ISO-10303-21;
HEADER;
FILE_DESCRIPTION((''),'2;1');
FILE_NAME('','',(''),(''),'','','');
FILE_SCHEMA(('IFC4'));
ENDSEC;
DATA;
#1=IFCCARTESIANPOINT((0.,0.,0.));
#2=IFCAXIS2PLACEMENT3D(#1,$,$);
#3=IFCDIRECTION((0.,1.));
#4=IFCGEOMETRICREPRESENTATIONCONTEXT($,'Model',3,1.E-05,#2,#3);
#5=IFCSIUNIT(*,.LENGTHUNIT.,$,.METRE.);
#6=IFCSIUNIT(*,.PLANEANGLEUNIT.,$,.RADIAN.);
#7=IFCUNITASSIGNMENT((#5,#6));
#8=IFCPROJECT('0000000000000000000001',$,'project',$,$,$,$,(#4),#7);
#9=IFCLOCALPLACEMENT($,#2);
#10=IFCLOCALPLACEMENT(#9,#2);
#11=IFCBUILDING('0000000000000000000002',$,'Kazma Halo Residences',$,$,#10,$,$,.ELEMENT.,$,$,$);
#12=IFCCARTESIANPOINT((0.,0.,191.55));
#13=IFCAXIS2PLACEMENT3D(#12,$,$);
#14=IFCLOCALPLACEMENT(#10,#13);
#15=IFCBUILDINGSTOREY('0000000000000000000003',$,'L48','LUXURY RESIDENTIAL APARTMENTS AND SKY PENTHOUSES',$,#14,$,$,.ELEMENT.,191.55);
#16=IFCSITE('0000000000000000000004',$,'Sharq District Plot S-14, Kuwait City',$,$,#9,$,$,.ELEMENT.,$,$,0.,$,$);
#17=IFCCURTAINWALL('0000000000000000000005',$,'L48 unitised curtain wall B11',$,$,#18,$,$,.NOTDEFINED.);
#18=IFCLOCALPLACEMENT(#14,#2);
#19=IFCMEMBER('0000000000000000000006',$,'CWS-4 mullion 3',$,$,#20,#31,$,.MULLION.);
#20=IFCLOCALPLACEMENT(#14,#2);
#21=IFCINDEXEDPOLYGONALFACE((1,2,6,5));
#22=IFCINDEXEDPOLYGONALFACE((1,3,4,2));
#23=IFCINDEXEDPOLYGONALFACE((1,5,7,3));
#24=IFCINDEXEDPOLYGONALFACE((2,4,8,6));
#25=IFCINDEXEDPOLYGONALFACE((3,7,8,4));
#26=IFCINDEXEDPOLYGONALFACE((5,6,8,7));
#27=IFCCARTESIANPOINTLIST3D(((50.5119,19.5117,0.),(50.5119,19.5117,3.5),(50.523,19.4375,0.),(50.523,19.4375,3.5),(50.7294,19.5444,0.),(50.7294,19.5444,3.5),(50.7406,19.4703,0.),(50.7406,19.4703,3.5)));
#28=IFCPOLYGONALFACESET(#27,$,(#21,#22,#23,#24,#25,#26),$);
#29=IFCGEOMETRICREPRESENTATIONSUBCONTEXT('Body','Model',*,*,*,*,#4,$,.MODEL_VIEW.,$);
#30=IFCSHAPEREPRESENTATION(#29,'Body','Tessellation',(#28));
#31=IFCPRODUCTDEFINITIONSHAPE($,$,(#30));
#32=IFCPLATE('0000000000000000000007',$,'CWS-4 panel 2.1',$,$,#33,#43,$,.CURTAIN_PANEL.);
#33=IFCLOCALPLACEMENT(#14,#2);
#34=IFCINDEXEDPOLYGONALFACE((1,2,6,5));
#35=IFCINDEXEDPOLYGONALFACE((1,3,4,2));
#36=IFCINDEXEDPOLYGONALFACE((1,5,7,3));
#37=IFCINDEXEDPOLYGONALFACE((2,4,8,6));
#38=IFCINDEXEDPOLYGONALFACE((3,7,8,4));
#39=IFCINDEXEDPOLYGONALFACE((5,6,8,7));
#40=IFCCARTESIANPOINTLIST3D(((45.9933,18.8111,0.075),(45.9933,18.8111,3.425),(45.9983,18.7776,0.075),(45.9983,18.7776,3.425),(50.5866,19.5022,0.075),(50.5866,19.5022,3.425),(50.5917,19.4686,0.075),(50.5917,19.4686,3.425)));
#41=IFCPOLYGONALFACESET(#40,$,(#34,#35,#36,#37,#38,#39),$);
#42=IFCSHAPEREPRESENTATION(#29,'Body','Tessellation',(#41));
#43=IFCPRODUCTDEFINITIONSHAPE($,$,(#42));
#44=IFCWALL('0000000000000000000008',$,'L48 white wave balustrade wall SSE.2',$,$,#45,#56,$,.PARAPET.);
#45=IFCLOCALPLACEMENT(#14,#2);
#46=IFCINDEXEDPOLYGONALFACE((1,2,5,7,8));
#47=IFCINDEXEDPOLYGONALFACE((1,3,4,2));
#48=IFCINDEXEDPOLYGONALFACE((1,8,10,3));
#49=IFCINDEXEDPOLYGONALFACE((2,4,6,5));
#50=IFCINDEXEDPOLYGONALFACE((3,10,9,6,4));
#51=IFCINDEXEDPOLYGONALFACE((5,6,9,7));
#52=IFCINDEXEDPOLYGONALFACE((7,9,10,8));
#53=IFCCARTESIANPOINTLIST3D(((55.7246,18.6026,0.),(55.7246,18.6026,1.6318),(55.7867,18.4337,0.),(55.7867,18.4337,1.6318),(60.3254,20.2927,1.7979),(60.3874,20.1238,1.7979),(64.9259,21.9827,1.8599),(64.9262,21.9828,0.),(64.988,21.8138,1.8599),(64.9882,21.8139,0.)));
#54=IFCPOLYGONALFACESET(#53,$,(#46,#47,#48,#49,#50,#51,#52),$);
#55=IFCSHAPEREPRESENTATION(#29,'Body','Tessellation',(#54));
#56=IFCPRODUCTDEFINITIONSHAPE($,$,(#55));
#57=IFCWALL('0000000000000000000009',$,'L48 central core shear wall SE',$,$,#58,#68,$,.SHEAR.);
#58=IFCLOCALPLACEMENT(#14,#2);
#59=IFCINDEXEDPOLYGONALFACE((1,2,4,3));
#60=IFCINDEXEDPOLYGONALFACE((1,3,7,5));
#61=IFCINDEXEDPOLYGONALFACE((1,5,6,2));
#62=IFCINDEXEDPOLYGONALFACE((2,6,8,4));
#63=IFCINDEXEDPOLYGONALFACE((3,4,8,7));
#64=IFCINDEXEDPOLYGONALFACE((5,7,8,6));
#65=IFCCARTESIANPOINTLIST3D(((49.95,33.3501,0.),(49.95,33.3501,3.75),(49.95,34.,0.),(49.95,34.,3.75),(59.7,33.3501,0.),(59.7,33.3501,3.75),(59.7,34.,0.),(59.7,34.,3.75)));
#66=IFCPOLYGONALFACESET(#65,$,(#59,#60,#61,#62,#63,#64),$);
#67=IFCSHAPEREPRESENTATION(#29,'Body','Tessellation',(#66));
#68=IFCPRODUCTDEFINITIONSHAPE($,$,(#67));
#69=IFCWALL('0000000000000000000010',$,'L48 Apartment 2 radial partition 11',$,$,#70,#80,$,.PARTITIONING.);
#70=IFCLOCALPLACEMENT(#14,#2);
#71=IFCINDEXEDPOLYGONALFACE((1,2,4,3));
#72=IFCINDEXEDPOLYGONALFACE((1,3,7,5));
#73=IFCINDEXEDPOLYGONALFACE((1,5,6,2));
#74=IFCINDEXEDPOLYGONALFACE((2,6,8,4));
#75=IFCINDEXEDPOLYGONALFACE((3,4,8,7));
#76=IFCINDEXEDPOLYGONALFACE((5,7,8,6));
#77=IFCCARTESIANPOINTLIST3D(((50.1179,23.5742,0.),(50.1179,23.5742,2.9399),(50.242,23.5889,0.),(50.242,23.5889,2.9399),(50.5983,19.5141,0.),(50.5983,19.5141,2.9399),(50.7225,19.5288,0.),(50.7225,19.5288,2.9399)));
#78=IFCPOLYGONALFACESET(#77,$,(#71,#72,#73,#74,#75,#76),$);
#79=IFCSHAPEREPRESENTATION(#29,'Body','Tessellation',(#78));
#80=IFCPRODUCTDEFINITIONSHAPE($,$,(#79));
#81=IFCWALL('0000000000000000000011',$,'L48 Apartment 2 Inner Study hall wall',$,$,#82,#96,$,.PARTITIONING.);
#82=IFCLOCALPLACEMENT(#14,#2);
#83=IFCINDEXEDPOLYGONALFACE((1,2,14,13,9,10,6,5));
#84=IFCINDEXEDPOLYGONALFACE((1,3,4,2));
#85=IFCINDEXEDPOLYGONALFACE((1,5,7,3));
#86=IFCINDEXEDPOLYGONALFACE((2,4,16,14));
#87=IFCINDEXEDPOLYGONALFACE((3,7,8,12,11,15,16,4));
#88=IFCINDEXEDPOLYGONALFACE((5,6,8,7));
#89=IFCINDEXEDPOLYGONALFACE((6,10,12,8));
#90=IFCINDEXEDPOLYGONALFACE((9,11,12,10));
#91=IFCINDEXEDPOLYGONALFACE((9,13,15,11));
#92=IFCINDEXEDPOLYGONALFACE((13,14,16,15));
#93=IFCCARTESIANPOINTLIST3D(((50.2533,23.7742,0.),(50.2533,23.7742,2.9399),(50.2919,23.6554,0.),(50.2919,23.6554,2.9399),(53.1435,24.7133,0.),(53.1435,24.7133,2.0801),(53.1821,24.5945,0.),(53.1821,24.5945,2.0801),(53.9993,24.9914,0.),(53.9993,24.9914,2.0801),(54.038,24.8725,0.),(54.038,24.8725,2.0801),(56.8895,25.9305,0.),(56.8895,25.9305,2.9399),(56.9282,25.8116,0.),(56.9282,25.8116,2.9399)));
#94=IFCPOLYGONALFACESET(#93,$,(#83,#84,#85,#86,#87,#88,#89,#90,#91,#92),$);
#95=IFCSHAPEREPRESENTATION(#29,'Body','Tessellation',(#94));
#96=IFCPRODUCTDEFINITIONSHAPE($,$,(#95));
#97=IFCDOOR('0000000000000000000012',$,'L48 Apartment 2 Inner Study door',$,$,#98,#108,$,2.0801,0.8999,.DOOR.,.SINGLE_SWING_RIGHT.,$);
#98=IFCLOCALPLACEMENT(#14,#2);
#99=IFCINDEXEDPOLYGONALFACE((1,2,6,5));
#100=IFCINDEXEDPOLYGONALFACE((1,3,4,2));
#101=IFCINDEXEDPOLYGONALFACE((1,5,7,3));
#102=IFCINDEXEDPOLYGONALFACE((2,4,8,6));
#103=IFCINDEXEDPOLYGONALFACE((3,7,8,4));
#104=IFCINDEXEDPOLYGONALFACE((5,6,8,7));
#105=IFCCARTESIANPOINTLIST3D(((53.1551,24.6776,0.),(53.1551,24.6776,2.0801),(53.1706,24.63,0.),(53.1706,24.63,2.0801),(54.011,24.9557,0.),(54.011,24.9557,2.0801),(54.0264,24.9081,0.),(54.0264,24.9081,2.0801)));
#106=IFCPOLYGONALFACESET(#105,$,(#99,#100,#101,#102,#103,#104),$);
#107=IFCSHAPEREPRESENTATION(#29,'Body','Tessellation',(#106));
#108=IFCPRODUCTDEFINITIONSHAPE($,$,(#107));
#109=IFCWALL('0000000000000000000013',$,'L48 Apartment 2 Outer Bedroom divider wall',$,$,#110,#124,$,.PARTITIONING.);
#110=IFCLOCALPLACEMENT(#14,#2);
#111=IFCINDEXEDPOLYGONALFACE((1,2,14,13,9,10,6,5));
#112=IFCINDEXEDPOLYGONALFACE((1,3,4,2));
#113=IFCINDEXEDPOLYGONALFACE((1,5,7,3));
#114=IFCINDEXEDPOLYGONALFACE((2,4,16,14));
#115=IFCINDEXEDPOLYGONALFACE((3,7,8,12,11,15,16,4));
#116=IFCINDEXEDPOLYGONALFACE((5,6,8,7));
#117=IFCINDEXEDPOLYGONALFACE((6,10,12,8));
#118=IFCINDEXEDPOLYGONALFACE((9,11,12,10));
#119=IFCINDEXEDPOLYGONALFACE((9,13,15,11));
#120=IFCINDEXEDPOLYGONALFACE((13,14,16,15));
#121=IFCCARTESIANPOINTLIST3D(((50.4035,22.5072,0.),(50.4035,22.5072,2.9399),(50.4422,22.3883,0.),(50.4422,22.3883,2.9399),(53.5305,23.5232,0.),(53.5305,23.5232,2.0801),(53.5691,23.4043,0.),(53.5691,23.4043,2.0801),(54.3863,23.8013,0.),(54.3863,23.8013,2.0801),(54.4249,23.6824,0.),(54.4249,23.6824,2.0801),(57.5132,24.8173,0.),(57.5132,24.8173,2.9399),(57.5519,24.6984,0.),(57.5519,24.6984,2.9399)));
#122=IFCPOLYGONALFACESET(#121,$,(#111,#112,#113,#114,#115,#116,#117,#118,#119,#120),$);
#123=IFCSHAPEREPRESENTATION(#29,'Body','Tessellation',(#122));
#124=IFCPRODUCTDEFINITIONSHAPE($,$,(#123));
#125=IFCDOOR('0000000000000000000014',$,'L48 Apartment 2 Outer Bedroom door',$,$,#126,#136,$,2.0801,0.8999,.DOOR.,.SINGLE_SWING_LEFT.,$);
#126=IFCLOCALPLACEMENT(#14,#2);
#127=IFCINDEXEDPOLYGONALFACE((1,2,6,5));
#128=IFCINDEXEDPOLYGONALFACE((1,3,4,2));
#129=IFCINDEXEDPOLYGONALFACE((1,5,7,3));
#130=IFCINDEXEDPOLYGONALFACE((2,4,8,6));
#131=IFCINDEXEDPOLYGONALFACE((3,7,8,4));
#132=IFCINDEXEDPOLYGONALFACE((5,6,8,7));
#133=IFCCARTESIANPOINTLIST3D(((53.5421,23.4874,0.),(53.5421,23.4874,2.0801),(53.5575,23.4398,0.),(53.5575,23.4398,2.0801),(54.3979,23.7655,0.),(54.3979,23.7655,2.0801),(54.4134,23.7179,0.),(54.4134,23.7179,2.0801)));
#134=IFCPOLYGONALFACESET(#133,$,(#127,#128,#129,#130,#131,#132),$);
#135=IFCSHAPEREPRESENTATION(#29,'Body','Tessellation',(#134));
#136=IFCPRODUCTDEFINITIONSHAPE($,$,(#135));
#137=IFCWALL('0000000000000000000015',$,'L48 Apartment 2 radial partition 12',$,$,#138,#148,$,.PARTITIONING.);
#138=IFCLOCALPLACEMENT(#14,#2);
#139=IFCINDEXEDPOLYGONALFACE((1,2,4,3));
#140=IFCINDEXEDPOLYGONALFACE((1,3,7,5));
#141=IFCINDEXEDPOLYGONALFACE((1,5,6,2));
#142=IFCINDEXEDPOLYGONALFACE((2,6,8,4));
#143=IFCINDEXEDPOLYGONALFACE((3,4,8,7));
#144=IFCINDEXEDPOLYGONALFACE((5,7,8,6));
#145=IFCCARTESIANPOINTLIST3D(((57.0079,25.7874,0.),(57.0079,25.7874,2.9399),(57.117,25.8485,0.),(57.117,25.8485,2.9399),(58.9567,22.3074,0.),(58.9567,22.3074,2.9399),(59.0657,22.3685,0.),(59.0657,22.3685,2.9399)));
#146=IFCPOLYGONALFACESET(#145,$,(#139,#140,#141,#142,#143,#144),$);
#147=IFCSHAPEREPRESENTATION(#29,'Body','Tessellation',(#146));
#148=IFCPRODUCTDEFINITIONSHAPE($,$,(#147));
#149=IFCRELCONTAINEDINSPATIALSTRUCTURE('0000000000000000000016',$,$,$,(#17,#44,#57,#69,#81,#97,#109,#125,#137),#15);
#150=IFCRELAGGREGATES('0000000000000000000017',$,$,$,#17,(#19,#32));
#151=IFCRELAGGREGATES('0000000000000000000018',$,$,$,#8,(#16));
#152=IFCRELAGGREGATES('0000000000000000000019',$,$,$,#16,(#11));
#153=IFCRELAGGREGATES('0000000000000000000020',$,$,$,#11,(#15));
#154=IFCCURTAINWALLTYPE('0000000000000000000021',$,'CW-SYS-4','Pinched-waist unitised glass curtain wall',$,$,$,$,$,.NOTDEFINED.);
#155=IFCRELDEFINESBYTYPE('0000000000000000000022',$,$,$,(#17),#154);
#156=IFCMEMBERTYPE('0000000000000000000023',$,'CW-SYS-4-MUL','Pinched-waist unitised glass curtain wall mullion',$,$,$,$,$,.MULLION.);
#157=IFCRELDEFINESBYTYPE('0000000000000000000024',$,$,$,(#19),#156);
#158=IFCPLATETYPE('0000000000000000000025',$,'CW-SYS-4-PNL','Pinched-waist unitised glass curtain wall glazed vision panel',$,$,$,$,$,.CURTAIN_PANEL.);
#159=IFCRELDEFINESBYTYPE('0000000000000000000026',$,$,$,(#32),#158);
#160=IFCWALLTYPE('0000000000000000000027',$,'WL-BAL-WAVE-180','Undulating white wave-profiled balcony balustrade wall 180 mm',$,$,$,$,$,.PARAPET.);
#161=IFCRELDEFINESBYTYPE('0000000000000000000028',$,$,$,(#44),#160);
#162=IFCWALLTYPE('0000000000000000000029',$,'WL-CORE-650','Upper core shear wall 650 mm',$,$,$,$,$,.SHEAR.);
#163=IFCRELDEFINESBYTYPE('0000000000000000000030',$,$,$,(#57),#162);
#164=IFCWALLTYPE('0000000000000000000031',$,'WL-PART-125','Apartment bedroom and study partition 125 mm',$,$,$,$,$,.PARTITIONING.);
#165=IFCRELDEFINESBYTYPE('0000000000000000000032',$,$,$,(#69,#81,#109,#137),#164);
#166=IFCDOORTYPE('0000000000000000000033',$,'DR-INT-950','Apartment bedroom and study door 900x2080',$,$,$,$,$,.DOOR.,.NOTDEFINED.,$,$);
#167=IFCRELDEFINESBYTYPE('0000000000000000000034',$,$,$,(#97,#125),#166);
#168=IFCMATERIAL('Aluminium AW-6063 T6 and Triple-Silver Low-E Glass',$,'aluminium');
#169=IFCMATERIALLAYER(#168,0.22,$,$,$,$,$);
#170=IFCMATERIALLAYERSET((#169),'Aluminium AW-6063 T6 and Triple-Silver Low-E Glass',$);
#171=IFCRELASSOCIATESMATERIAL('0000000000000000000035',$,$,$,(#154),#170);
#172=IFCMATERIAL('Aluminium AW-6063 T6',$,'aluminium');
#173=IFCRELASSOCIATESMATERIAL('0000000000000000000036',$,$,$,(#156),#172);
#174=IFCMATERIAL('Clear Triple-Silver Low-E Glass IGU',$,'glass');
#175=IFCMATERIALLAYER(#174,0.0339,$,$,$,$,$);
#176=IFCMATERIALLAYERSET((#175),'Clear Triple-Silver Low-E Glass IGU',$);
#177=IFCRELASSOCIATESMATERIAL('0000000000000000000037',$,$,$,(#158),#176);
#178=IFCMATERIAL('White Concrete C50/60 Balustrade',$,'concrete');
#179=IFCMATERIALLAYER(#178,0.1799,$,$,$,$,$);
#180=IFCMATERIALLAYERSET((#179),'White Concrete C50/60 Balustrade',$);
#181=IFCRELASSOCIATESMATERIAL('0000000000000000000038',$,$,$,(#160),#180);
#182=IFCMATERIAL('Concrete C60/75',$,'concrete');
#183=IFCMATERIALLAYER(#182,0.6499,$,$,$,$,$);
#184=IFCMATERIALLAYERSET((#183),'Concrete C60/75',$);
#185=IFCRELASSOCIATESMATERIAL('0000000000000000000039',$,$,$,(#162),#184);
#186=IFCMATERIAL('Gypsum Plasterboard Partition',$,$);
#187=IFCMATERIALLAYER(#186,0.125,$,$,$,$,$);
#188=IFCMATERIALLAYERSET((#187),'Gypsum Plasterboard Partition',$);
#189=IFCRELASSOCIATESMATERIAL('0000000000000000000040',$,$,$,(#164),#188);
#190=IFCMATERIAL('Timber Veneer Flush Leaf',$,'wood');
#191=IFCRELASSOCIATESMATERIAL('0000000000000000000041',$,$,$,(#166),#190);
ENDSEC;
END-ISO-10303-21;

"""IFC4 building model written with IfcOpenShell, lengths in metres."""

from ifc_helpers import new_model, si_unit, direction, frame, frame_2d, origin, origin_2d, place, context, subcontext, project, spatial, polyline, rectangle, outline, extrude, material, layer, layer_set, material_profile, profile_set, type_object, element, fill, aggregate, save


model = new_model("IFC4")

# Units and contexts
model_context = context("Model", 3, precision=1e-05, world=origin(), true_north=direction((0.0, 1.0)))
body_context = subcontext(model_context, "Body", "Model", "MODEL_VIEW")
ifc_project = project(units=[si_unit("LENGTHUNIT", "METRE"), si_unit("PLANEANGLEUNIT", "RADIAN")], contexts=[model_context])

# Site, building, storey
site_placement = place(None, origin())
site = spatial("IfcSite", under=ifc_project, at=site_placement, Name="Sharq District Plot S-14, Kuwait City", CompositionType="ELEMENT", RefElevation=0.0)
building_placement = place(site_placement, origin())
building = spatial("IfcBuilding", under=site, at=building_placement, Name="Kazma Halo Residences", CompositionType="ELEMENT")
storey_placement = place(building_placement, frame((0.0, 0.0, 191.55)))
storey = spatial("IfcBuildingStorey", under=building, at=storey_placement, Name="L48", Description="LUXURY RESIDENTIAL APARTMENTS AND SKY PENTHOUSES", CompositionType="ELEMENT", Elevation=191.55)

# Curtain wall, member, plate
ifc_material_1 = material(Name="Aluminium AW-6063 T6 and Triple-Silver Low-E Glass", Category="aluminium")
ifc_layer_1 = layer(ifc_material_1, 0.22)
ifc_layer_set_1 = layer_set([ifc_layer_1], Name="Aluminium AW-6063 T6 and Triple-Silver Low-E Glass")
curtain_wall_type = type_object("IfcCurtainWallType", Name="CW-SYS-4", Description="Pinched-waist unitised glass curtain wall", PredefinedType="NOTDEFINED", material=ifc_layer_set_1)
curtain_wall_placement = place(storey_placement, origin())
curtain_wall = element("IfcCurtainWall", 1, at=curtain_wall_placement, inside=storey, type_object=curtain_wall_type, Name="L48 unitised curtain wall B11", PredefinedType="NOTDEFINED")
ifc_material_2 = material(Name="Aluminium AW-6063 T6", Category="aluminium")
ifc_material_profile_1 = material_profile(ifc_material_2, rectangle(XDim=0.075, YDim=0.22, at=origin_2d()), Name="CWM-75x220")
ifc_profile_set_1 = profile_set([ifc_material_profile_1], Name="Aluminium AW-6063 T6")
member_type = type_object("IfcMemberType", Name="CW-SYS-4-MUL", Description="Pinched-waist unitised glass curtain wall mullion", PredefinedType="MULLION", material=ifc_profile_set_1)
member_placement = place(storey_placement, frame((50.6262, 19.491, 0.0), z_axis=(0.0, 0.0, 1.0), x_axis=(-0.148773, 0.988871, 0.0)))
member = element("IfcMember", 2, at=member_placement, type_object=member_type, Name="CWS-4 mullion 3", PredefinedType="MULLION", context=body_context, shape_type="SweptSolid", body=[
    extrude(rectangle(XDim=0.075, YDim=0.22, at=origin_2d()), origin(), (0.0, 0.0, 1.0), 3.5),
])
ifc_material_3 = material(Name="Clear Triple-Silver Low-E Glass IGU", Category="glass")
ifc_layer_2 = layer(ifc_material_3, 0.0339)
ifc_layer_set_2 = layer_set([ifc_layer_2], Name="Clear Triple-Silver Low-E Glass IGU")
plate_type = type_object("IfcPlateType", Name="CW-SYS-4-PNL", Description="Pinched-waist unitised glass curtain wall glazed vision panel", PredefinedType="CURTAIN_PANEL", material=ifc_layer_set_2)
plate_placement = place(storey_placement, frame((48.2925, 19.1399, 0.075), z_axis=(0.0, 0.0, 1.0), x_axis=(0.988871, 0.148773, 0.0)))
plate = element("IfcPlate", 3, at=plate_placement, type_object=plate_type, Name="CWS-4 panel 2.1", PredefinedType="CURTAIN_PANEL", context=body_context, shape_type="SweptSolid", body=[
    extrude(rectangle(XDim=4.645, YDim=0.0339, at=origin_2d()), origin(), (0.0, 0.0, 1.0), 3.3501),
])
aggregate(curtain_wall, [member, plate])

# Walls
ifc_material_4 = material(Name="White Concrete C50/60 Balustrade", Category="concrete")
ifc_layer_3 = layer(ifc_material_4, 0.1799)
ifc_layer_set_3 = layer_set([ifc_layer_3], Name="White Concrete C50/60 Balustrade")
wall_type_1 = type_object("IfcWallType", Name="WL-BAL-WAVE-180", Description="Undulating white wave-profiled balcony balustrade wall 180 mm", PredefinedType="PARAPET", material=ifc_layer_set_3)
wall_1_placement = place(storey_placement, frame((55.7556, 18.5183, 0.0), z_axis=(0.0, 0.0, 1.0), x_axis=(0.938669, 0.344819, 0.0)))
element("IfcWall", 4, at=wall_1_placement, inside=storey, type_object=wall_type_1, Name="L48 white wave balustrade wall SSE.2", PredefinedType="PARAPET", context=body_context, shape_type="SweptSolid", body=[
    extrude(outline(polyline([(0.0, 0.0), (9.8027, 0.0), (9.8025, 1.8599), (4.9014, 1.7979), (0.0, 1.6318), (0.0, 0.0)])), frame((0.0, 0.0898, 0.0), z_axis=(0.0, -1.0, 0.0), x_axis=(1.0, 0.0, 0.0)), (0.0, 0.0, 1.0), 0.1799),
])
ifc_material_5 = material(Name="Concrete C60/75", Category="concrete")
ifc_layer_4 = layer(ifc_material_5, 0.6499)
ifc_layer_set_4 = layer_set([ifc_layer_4], Name="Concrete C60/75")
wall_type_2 = type_object("IfcWallType", Name="WL-CORE-650", Description="Upper core shear wall 650 mm", PredefinedType="SHEAR", material=ifc_layer_set_4)
wall_2_placement = place(storey_placement, frame((49.95, 33.675, 0.0), z_axis=(0.0, 0.0, 1.0), x_axis=(1.0, 0.0, 0.0)))
element("IfcWall", 5, at=wall_2_placement, inside=storey, type_object=wall_type_2, Name="L48 central core shear wall SE", PredefinedType="SHEAR", context=body_context, shape_type="SweptSolid", body=[
    extrude(rectangle(XDim=9.75, YDim=0.6499, at=frame_2d((4.875, 0.0))), origin(), (0.0, 0.0, 1.0), 3.75),
])

# Wall
ifc_material_6 = material(Name="Gypsum Plasterboard Partition")
ifc_layer_5 = layer(ifc_material_6, 0.125)
ifc_layer_set_5 = layer_set([ifc_layer_5], Name="Gypsum Plasterboard Partition")
wall_type_3 = type_object("IfcWallType", Name="WL-PART-125", Description="Apartment bedroom and study partition 125 mm", PredefinedType="PARTITIONING", material=ifc_layer_set_5)
wall_3_placement = place(storey_placement, frame((50.1799, 23.5815, 0.0), z_axis=(0.0, 0.0, 1.0), x_axis=(0.11752, -0.99307, 0.0)))
element("IfcWall", 6, at=wall_3_placement, inside=storey, type_object=wall_type_3, Name="L48 Apartment 2 radial partition 11", PredefinedType="PARTITIONING", context=body_context, shape_type="SweptSolid", body=[
    extrude(rectangle(XDim=4.0884, YDim=0.125, at=frame_2d((2.0442, 0.0))), origin(), (0.0, 0.0, 1.0), 2.9399),
])

# Walls, openings, doors
wall_4_placement = place(storey_placement, frame((50.2727, 23.7148, 0.0), z_axis=(0.0, 0.0, 1.0), x_axis=(0.951056, 0.309018, 0.0)))
wall_4 = element("IfcWall", 7, at=wall_4_placement, inside=storey, type_object=wall_type_3, Name="L48 Apartment 2 Inner Study hall wall", PredefinedType="PARTITIONING", context=body_context, shape_type="SweptSolid", body=[
    extrude(rectangle(XDim=6.9778, YDim=0.125, at=frame_2d((3.4888, 0.0))), origin(), (0.0, 0.0, 1.0), 2.9399),
])
opening_1_placement = place(wall_4_placement, frame((3.0388, 0.0, 0.0)))
opening_1 = element("IfcOpeningElement", 8, at=opening_1_placement, cuts=wall_4, PredefinedType="OPENING", context=body_context, shape_type="SweptSolid", body=[
    extrude(rectangle(XDim=0.8999, YDim=2.0801, at=frame_2d((0.45, 1.04))), frame((0.0, 0.0725, 0.0), z_axis=(0.0, -1.0, 0.0), x_axis=(1.0, 0.0, 0.0)), (0.0, 0.0, 1.0), 0.145),
])
ifc_material_7 = material(Name="Timber Veneer Flush Leaf", Category="wood")
door_type_1 = type_object("IfcDoorType", Name="DR-INT-950", Description="Apartment bedroom and study door 900x2080", OperationType="NOTDEFINED", PredefinedType="DOOR", material=ifc_material_7)
door_1_placement = place(opening_1_placement, origin())
door_1 = element("IfcDoor", 9, at=door_1_placement, inside=storey, type_object=door_type_1, Name="L48 Apartment 2 Inner Study door", OperationType="SINGLE_SWING_RIGHT", OverallHeight=2.0801, OverallWidth=0.8999, PredefinedType="DOOR", context=body_context, shape_type="SweptSolid", body=[
    extrude(rectangle(XDim=0.8999, YDim=2.0801, at=frame_2d((0.45, 1.04))), frame((0.0, 0.0249, 0.0), z_axis=(0.0, -1.0, 0.0), x_axis=(1.0, 0.0, 0.0)), (0.0, 0.0, 1.0), 0.05),
])
fill(opening_1, door_1)
wall_5_placement = place(storey_placement, frame((50.4229, 22.4478, 0.0), z_axis=(0.0, 0.0, 1.0), x_axis=(0.951056, 0.309017, 0.0)))
wall_5 = element("IfcWall", 10, at=wall_5_placement, inside=storey, type_object=wall_type_3, Name="L48 Apartment 2 Outer Bedroom divider wall", PredefinedType="PARTITIONING", context=body_context, shape_type="SweptSolid", body=[
    extrude(rectangle(XDim=7.4756, YDim=0.125, at=frame_2d((3.7378, 0.0))), origin(), (0.0, 0.0, 1.0), 2.9399),
])
opening_2_placement = place(wall_5_placement, frame((3.2878, 0.0, 0.0)))
opening_2 = element("IfcOpeningElement", 11, at=opening_2_placement, cuts=wall_5, PredefinedType="OPENING", context=body_context, shape_type="SweptSolid", body=[
    extrude(rectangle(XDim=0.8999, YDim=2.0801, at=frame_2d((0.45, 1.04))), frame((0.0, 0.0725, 0.0), z_axis=(0.0, -1.0, 0.0), x_axis=(1.0, 0.0, 0.0)), (0.0, 0.0, 1.0), 0.145),
])
door_2_placement = place(opening_2_placement, origin())
door_2 = element("IfcDoor", 12, at=door_2_placement, inside=storey, type_object=door_type_1, Name="L48 Apartment 2 Outer Bedroom door", OperationType="SINGLE_SWING_LEFT", OverallHeight=2.0801, OverallWidth=0.8999, PredefinedType="DOOR", context=body_context, shape_type="SweptSolid", body=[
    extrude(rectangle(XDim=0.8999, YDim=2.0801, at=frame_2d((0.45, 1.04))), frame((0.0, 0.0249, 0.0), z_axis=(0.0, -1.0, 0.0), x_axis=(1.0, 0.0, 0.0)), (0.0, 0.0, 1.0), 0.05),
])
fill(opening_2, door_2)

# Wall
wall_6_placement = place(storey_placement, frame((57.0625, 25.8179, 0.0), z_axis=(0.0, 0.0, 1.0), x_axis=(0.488592, -0.872512, 0.0)))
element("IfcWall", 13, at=wall_6_placement, inside=storey, type_object=wall_type_3, Name="L48 Apartment 2 radial partition 12", PredefinedType="PARTITIONING", context=body_context, shape_type="SweptSolid", body=[
    extrude(rectangle(XDim=3.9885, YDim=0.125, at=frame_2d((1.9941, 0.0))), origin(), (0.0, 0.0, 1.0), 2.9399),
])

save(model, "model.ifc")
